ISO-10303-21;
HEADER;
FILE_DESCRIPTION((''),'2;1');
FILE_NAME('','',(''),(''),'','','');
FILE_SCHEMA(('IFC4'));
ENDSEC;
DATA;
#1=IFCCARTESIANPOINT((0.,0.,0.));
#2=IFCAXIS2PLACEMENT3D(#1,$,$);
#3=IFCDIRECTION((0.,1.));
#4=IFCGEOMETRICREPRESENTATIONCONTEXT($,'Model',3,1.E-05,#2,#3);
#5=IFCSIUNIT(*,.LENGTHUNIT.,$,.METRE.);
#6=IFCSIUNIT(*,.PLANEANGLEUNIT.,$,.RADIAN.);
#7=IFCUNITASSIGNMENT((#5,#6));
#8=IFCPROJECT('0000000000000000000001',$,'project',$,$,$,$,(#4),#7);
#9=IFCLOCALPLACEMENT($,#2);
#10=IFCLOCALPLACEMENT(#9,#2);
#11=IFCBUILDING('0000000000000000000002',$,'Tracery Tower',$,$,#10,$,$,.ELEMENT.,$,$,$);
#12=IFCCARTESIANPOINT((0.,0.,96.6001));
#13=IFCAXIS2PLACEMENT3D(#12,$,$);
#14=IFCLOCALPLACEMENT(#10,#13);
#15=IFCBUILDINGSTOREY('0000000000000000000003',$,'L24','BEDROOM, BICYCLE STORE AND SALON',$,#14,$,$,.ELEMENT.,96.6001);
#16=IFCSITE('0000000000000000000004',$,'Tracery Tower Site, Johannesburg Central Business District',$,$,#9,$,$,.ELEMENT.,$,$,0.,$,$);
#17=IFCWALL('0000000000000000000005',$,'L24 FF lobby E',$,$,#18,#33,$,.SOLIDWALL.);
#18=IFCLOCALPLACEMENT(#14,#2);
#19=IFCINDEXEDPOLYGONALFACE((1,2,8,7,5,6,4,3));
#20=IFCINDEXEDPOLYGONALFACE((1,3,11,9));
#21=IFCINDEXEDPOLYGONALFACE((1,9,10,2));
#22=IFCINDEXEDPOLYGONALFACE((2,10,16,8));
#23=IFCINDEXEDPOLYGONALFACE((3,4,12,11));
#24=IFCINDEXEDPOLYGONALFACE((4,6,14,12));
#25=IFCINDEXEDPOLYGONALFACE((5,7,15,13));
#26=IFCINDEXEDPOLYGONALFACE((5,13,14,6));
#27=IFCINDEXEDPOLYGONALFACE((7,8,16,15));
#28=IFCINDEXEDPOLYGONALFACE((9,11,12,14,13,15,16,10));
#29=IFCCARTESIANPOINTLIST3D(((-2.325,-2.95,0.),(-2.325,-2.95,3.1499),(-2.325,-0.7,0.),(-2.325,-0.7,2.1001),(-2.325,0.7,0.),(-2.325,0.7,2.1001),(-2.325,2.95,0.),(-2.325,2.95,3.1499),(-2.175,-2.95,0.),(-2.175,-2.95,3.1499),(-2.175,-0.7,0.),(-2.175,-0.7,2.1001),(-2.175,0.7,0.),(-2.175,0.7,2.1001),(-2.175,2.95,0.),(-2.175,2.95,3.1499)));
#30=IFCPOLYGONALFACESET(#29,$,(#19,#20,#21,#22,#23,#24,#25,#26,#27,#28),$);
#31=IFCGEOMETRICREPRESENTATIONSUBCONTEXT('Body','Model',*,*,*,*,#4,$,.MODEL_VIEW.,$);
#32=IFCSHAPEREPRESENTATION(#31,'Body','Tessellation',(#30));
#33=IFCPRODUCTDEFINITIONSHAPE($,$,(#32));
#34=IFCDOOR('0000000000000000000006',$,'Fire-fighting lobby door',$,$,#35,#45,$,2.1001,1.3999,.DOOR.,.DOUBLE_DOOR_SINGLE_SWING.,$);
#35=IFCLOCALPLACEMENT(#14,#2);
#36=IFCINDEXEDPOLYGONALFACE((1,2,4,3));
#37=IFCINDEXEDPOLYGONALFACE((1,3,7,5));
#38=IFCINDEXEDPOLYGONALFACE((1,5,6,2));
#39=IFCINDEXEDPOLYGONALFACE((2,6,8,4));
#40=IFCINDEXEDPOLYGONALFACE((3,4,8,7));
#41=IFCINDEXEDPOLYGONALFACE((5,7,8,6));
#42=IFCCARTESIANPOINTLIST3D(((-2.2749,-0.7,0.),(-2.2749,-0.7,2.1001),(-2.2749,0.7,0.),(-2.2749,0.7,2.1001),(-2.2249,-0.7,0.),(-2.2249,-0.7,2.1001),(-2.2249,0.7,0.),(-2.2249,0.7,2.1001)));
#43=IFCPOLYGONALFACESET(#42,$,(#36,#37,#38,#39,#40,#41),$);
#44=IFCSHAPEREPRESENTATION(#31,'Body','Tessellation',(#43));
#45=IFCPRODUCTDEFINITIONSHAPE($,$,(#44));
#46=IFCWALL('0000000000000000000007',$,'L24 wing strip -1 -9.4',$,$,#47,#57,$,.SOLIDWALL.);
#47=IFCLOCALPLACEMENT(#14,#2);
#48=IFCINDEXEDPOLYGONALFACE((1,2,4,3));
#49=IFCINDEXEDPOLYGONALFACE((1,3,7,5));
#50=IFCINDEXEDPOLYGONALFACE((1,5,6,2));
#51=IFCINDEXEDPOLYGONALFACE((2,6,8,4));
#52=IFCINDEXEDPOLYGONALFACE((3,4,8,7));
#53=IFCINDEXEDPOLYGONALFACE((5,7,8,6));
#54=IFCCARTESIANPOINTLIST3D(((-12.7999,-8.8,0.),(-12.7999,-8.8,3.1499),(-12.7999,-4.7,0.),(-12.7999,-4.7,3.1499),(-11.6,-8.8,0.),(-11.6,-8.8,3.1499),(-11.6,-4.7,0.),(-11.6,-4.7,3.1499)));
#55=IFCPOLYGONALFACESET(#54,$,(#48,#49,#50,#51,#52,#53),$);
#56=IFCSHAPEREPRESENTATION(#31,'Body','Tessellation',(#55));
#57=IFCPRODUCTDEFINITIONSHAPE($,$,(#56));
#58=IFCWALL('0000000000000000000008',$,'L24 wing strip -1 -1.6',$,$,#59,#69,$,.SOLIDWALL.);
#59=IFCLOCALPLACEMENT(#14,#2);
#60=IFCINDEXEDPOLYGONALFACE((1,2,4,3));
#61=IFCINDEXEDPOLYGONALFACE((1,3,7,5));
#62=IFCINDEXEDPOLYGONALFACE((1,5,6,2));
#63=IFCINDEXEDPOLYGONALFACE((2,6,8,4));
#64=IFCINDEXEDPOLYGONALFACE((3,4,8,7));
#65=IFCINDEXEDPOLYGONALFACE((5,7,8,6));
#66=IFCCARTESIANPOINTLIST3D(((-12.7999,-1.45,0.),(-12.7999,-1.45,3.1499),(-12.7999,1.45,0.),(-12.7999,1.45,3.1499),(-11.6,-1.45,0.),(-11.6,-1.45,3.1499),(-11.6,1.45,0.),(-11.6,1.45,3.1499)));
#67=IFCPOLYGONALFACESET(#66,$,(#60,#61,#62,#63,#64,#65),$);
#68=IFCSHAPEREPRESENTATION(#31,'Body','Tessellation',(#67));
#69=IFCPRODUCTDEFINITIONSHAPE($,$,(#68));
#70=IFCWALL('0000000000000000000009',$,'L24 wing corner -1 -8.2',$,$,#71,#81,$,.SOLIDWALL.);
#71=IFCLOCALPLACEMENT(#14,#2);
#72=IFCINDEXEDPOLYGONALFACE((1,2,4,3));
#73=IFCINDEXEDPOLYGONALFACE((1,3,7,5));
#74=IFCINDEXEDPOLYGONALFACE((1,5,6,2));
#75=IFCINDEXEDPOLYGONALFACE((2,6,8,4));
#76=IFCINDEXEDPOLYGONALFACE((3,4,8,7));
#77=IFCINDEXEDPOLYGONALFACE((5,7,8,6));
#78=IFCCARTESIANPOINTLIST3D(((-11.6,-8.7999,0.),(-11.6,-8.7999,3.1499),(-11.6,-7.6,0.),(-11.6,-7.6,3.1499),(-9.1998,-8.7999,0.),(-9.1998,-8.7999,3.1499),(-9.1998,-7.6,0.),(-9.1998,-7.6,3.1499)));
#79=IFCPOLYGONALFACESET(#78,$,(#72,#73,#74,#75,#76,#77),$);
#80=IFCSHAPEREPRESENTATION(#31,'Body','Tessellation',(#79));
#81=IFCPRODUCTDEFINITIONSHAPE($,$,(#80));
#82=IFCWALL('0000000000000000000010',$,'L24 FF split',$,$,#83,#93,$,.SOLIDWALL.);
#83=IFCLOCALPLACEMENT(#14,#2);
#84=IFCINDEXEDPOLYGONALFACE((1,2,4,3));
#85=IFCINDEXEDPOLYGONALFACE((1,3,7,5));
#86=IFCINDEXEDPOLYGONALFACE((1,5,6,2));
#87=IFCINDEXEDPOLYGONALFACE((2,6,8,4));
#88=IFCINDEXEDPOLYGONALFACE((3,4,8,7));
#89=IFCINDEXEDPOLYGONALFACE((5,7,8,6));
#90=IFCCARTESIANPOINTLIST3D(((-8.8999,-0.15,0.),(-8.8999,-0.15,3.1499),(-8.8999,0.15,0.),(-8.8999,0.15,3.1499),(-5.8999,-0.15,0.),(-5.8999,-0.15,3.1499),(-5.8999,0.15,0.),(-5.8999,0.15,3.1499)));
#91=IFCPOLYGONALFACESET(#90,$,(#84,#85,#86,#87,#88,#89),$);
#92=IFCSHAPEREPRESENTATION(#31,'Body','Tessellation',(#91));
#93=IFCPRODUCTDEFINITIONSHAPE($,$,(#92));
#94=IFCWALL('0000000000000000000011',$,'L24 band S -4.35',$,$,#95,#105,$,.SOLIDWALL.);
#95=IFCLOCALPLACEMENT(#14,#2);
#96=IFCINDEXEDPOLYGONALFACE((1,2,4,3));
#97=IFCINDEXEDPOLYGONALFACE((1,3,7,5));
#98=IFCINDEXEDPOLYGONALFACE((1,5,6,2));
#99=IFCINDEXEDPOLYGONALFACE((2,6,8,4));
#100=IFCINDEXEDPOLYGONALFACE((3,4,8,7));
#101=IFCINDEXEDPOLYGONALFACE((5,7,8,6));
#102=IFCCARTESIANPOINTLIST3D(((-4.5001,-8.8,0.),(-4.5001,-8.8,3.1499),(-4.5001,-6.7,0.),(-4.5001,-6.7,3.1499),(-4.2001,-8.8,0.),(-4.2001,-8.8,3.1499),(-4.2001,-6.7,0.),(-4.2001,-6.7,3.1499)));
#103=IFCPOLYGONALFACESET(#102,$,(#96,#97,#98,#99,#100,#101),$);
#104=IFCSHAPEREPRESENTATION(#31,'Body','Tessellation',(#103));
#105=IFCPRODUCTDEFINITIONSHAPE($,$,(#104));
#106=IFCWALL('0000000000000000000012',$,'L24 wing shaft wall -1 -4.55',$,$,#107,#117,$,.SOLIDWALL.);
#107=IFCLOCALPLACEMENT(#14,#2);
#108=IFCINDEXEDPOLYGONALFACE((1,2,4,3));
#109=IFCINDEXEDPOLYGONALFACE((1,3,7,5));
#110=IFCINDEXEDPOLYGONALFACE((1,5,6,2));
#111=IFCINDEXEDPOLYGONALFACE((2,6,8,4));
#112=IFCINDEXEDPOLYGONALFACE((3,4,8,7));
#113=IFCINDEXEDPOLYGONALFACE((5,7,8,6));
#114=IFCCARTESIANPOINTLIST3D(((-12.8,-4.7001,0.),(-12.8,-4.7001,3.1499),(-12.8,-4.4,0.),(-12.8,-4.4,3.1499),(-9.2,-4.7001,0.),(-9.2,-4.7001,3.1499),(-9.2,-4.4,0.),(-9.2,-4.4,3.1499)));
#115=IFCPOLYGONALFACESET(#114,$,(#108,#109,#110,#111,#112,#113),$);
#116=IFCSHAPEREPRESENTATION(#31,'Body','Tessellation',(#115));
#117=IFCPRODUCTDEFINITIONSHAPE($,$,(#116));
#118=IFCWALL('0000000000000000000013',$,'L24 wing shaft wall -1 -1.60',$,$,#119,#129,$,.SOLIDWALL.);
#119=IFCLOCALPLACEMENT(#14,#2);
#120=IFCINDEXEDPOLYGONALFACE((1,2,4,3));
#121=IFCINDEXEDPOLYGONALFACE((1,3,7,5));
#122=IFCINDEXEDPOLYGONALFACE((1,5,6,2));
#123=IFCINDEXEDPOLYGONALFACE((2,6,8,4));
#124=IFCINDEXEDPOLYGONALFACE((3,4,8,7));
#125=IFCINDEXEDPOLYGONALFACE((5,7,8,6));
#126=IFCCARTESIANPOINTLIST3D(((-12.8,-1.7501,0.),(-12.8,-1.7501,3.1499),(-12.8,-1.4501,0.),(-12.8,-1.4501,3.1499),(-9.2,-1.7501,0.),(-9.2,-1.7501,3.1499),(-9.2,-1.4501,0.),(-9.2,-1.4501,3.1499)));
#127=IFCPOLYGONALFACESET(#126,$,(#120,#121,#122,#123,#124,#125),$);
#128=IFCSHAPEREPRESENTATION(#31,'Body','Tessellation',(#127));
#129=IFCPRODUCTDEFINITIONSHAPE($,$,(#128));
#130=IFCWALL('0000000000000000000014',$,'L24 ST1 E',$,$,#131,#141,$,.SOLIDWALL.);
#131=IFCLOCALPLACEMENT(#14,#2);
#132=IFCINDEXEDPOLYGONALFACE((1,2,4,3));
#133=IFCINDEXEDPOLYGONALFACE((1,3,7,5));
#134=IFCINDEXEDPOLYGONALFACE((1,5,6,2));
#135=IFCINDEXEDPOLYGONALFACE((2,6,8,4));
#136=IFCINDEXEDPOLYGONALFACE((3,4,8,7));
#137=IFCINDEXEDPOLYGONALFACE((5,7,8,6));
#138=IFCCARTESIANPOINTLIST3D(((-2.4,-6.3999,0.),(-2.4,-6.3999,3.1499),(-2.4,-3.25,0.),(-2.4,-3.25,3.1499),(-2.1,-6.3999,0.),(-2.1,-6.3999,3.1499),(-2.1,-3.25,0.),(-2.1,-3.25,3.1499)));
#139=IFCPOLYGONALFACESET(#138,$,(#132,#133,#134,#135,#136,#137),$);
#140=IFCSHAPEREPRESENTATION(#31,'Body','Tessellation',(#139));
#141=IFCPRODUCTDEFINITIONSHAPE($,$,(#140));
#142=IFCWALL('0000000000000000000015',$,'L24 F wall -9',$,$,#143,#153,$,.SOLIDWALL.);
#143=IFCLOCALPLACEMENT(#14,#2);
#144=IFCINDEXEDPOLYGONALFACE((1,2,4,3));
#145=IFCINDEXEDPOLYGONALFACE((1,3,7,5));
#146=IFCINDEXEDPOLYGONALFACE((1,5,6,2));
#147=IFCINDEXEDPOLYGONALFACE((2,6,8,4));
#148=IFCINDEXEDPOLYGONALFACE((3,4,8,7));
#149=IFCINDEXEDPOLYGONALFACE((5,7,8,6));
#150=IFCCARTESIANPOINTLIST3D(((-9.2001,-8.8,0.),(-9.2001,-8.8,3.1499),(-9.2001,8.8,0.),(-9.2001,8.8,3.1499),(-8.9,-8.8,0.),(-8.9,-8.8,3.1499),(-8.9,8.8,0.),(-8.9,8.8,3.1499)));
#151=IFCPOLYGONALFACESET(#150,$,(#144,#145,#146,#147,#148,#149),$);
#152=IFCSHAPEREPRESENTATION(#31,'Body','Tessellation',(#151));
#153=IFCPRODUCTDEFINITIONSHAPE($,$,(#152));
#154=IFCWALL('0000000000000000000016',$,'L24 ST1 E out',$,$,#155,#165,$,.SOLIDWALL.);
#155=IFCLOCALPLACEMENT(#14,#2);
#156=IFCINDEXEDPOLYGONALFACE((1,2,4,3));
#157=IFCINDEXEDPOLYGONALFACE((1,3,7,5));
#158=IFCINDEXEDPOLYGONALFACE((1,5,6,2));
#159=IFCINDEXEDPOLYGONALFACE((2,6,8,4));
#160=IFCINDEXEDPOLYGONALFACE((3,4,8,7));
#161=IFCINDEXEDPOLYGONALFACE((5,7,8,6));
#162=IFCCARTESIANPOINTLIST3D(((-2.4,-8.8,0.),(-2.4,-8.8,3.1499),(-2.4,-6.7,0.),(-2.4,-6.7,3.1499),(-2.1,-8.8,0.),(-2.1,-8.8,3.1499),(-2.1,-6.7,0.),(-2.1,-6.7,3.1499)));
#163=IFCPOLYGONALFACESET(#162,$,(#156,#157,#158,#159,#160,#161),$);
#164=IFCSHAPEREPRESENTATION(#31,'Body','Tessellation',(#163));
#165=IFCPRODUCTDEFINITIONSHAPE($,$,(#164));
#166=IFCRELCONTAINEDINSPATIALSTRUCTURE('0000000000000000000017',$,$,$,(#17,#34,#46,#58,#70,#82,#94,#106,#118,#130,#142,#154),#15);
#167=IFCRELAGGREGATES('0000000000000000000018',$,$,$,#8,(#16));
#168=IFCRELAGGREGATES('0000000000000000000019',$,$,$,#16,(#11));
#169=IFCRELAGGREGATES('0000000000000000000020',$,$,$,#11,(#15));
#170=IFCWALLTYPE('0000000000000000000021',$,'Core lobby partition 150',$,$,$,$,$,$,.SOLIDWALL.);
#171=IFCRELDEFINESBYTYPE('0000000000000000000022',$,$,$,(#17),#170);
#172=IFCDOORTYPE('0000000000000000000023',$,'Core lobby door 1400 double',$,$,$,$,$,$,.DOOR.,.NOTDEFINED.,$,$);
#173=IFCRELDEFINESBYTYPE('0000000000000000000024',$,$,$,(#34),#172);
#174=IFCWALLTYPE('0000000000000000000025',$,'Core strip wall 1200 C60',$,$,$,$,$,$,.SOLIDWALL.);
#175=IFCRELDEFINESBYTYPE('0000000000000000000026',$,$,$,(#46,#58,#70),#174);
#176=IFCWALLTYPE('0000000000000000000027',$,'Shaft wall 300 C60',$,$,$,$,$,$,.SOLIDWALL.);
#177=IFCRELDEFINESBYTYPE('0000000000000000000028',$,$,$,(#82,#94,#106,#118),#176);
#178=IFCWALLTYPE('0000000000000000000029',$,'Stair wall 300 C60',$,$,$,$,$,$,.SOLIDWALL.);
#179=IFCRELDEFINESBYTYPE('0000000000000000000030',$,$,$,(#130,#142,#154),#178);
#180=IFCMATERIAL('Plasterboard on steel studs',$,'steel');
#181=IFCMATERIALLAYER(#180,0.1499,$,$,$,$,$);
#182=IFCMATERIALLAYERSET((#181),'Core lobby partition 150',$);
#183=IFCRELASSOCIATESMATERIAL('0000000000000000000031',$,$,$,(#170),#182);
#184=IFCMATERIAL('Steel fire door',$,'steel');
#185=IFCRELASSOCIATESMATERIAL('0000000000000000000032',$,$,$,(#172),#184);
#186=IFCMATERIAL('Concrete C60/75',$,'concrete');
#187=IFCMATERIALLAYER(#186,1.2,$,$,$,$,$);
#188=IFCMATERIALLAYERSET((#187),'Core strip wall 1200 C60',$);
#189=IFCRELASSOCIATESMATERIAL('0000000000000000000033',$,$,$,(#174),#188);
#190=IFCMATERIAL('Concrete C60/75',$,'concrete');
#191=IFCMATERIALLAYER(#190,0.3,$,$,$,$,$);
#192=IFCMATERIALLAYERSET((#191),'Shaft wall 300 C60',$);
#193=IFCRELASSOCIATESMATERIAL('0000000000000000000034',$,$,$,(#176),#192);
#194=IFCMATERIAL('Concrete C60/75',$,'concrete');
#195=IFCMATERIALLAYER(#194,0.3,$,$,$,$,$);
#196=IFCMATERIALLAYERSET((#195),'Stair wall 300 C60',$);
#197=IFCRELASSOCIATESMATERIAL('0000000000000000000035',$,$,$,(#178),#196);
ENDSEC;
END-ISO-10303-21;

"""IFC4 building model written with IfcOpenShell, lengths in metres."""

from ifc_helpers import new_model, si_unit, direction, frame, frame_2d, origin, place, context, subcontext, project, spatial, rectangle, extrude, material, layer, layer_set, type_object, element, fill, save


model = new_model("IFC4")

# Units and contexts
model_context = context("Model", 3, precision=1e-05, world=origin(), true_north=direction((0.0, 1.0)))
body_context = subcontext(model_context, "Body", "Model", "MODEL_VIEW")
ifc_project = project(units=[si_unit("LENGTHUNIT", "METRE"), si_unit("PLANEANGLEUNIT", "RADIAN")], contexts=[model_context])

# Site, building, storey
site_placement = place(None, origin())
site = spatial("IfcSite", under=ifc_project, at=site_placement, Name="Tracery Tower Site, Johannesburg Central Business District", CompositionType="ELEMENT", RefElevation=0.0)
building_placement = place(site_placement, origin())
building = spatial("IfcBuilding", under=site, at=building_placement, Name="Tracery Tower", CompositionType="ELEMENT")
storey_placement = place(building_placement, frame((0.0, 0.0, 96.6001)))
storey = spatial("IfcBuildingStorey", under=building, at=storey_placement, Name="L24", Description="BEDROOM, BICYCLE STORE AND SALON", CompositionType="ELEMENT", Elevation=96.6001)

# Wall, opening, door
ifc_material_1 = material(Name="Plasterboard on steel studs", Category="steel")
ifc_layer_1 = layer(ifc_material_1, 0.1499)
ifc_layer_set_1 = layer_set([ifc_layer_1], Name="Core lobby partition 150")
wall_type_1 = type_object("IfcWallType", Name="Core lobby partition 150", PredefinedType="SOLIDWALL", material=ifc_layer_set_1)
wall_1_placement = place(storey_placement, frame((-2.25, -2.95, 0.0), z_axis=(0.0, 0.0, 1.0), x_axis=(0.0, 1.0, 0.0)))
wall_1 = element("IfcWall", 1, at=wall_1_placement, inside=storey, type_object=wall_type_1, Name="L24 FF lobby E", PredefinedType="SOLIDWALL", context=body_context, shape_type="SweptSolid", body=[
    extrude(rectangle(XDim=5.8999, YDim=0.1499, at=frame_2d((2.95, 0.0))), origin(), (0.0, 0.0, 1.0), 3.1499),
])
opening_1_placement = place(wall_1_placement, frame((2.25, 0.0, 0.0)))
opening_1 = element("IfcOpeningElement", 2, at=opening_1_placement, cuts=wall_1, PredefinedType="OPENING", context=body_context, shape_type="SweptSolid", body=[
    extrude(rectangle(XDim=1.3999, YDim=2.1001, at=frame_2d((0.7, 1.05))), frame((0.0, 0.075, 0.0), z_axis=(0.0, -1.0, 0.0), x_axis=(1.0, 0.0, 0.0)), (0.0, 0.0, 1.0), 0.1499),
])
ifc_material_2 = material(Name="Steel fire door", Category="steel")
door_type_1 = type_object("IfcDoorType", Name="Core lobby door 1400 double", OperationType="NOTDEFINED", PredefinedType="DOOR", material=ifc_material_2)
door_1_placement = place(opening_1_placement, origin())
door_1 = element("IfcDoor", 3, at=door_1_placement, inside=storey, type_object=door_type_1, Name="Fire-fighting lobby door", OperationType="DOUBLE_DOOR_SINGLE_SWING", OverallHeight=2.1001, OverallWidth=1.3999, PredefinedType="DOOR", context=body_context, shape_type="SweptSolid", body=[
    extrude(rectangle(XDim=1.3999, YDim=2.1001, at=frame_2d((0.7, 1.05))), frame((0.0, 0.0249, 0.0), z_axis=(0.0, -1.0, 0.0), x_axis=(1.0, 0.0, 0.0)), (0.0, 0.0, 1.0), 0.05),
])
fill(opening_1, door_1)

# Walls
ifc_material_3 = material(Name="Concrete C60/75", Category="concrete")
ifc_layer_2 = layer(ifc_material_3, 1.2)
ifc_layer_set_2 = layer_set([ifc_layer_2], Name="Core strip wall 1200 C60")
wall_type_2 = type_object("IfcWallType", Name="Core strip wall 1200 C60", PredefinedType="SOLIDWALL", material=ifc_layer_set_2)
wall_2_placement = place(storey_placement, frame((-12.2, -8.8, 0.0), z_axis=(0.0, 0.0, 1.0), x_axis=(0.0, 1.0, 0.0)))
element("IfcWall", 4, at=wall_2_placement, inside=storey, type_object=wall_type_2, Name="L24 wing strip -1 -9.4", PredefinedType="SOLIDWALL", context=body_context, shape_type="SweptSolid", body=[
    extrude(rectangle(XDim=4.1001, YDim=1.2, at=frame_2d((2.05, 0.0))), origin(), (0.0, 0.0, 1.0), 3.1499),
])
wall_3_placement = place(storey_placement, frame((-12.2, -1.45, 0.0), z_axis=(0.0, 0.0, 1.0), x_axis=(0.0, 1.0, 0.0)))
element("IfcWall", 5, at=wall_3_placement, inside=storey, type_object=wall_type_2, Name="L24 wing strip -1 -1.6", PredefinedType="SOLIDWALL", context=body_context, shape_type="SweptSolid", body=[
    extrude(rectangle(XDim=2.8999, YDim=1.2, at=frame_2d((1.45, 0.0))), origin(), (0.0, 0.0, 1.0), 3.1499),
])
wall_4_placement = place(storey_placement, frame((-11.6001, -8.2, 0.0), z_axis=(0.0, 0.0, 1.0), x_axis=(1.0, 0.0, 0.0)))
element("IfcWall", 6, at=wall_4_placement, inside=storey, type_object=wall_type_2, Name="L24 wing corner -1 -8.2", PredefinedType="SOLIDWALL", context=body_context, shape_type="SweptSolid", body=[
    extrude(rectangle(XDim=2.4001, YDim=1.2, at=frame_2d((1.2002, 0.0))), origin(), (0.0, 0.0, 1.0), 3.1499),
])

# Wall
ifc_material_4 = material(Name="Concrete C60/75", Category="concrete")
ifc_layer_3 = layer(ifc_material_4, 0.3)
ifc_layer_set_3 = layer_set([ifc_layer_3], Name="Shaft wall 300 C60")
wall_type_3 = type_object("IfcWallType", Name="Shaft wall 300 C60", PredefinedType="SOLIDWALL", material=ifc_layer_set_3)
wall_5_placement = place(storey_placement, frame((-8.8999, 0.0, 0.0), z_axis=(0.0, 0.0, 1.0), x_axis=(1.0, 0.0, 0.0)))
element("IfcWall", 7, at=wall_5_placement, inside=storey, type_object=wall_type_3, Name="L24 FF split", PredefinedType="SOLIDWALL", context=body_context, shape_type="SweptSolid", body=[
    extrude(rectangle(XDim=3.0, YDim=0.3, at=frame_2d((1.5, 0.0))), origin(), (0.0, 0.0, 1.0), 3.1499),
])

# Walls
wall_6_placement = place(storey_placement, frame((-4.3501, -8.8, 0.0), z_axis=(0.0, 0.0, 1.0), x_axis=(0.0, 1.0, 0.0)))
element("IfcWall", 8, at=wall_6_placement, inside=storey, type_object=wall_type_3, Name="L24 band S -4.35", PredefinedType="SOLIDWALL", context=body_context, shape_type="SweptSolid", body=[
    extrude(rectangle(XDim=2.1001, YDim=0.3, at=frame_2d((1.05, 0.0))), origin(), (0.0, 0.0, 1.0), 3.1499),
])
for number, where, z_axis, x_axis, name in (
    (9, (-12.8, -4.55, 0.0), (0.0, 0.0, 1.0), (1.0, 0.0, 0.0), "L24 wing shaft wall -1 -4.55"),
    (10, (-12.8, -1.6001, 0.0), (0.0, 0.0, 1.0), (1.0, 0.0, 0.0), "L24 wing shaft wall -1 -1.60"),
):
    element("IfcWall", number, at=place(storey_placement, frame(where, z_axis=z_axis, x_axis=x_axis)), inside=storey, type_object=wall_type_3, Name=name, PredefinedType="SOLIDWALL", context=body_context, shape_type="SweptSolid", body=[
        extrude(rectangle(XDim=3.6001, YDim=0.3, at=frame_2d((1.8, 0.0))), origin(), (0.0, 0.0, 1.0), 3.1499),
    ])

# Shared definitions
ifc_material_5 = material(Name="Concrete C60/75", Category="concrete")
ifc_layer_4 = layer(ifc_material_5, 0.3)
ifc_layer_set_4 = layer_set([ifc_layer_4], Name="Stair wall 300 C60")
wall_type_4 = type_object("IfcWallType", Name="Stair wall 300 C60", PredefinedType="SOLIDWALL", material=ifc_layer_set_4)

# Walls
wall_7_placement = place(storey_placement, frame((-2.25, -6.3999, 0.0), z_axis=(0.0, 0.0, 1.0), x_axis=(0.0, 1.0, 0.0)))
element("IfcWall", 11, at=wall_7_placement, inside=storey, type_object=wall_type_4, Name="L24 ST1 E", PredefinedType="SOLIDWALL", context=body_context, shape_type="SweptSolid", body=[
    extrude(rectangle(XDim=3.1499, YDim=0.3, at=frame_2d((1.575, 0.0))), origin(), (0.0, 0.0, 1.0), 3.1499),
])
wall_8_placement = place(storey_placement, frame((-9.05, -8.8, 0.0), z_axis=(0.0, 0.0, 1.0), x_axis=(0.0, 1.0, 0.0)))
element("IfcWall", 12, at=wall_8_placement, inside=storey, type_object=wall_type_4, Name="L24 F wall -9", PredefinedType="SOLIDWALL", context=body_context, shape_type="SweptSolid", body=[
    extrude(rectangle(XDim=17.6001, YDim=0.3, at=frame_2d((8.8, 0.0))), origin(), (0.0, 0.0, 1.0), 3.1499),
])

# Wall
wall_9_placement = place(storey_placement, frame((-2.25, -8.8, 0.0), z_axis=(0.0, 0.0, 1.0), x_axis=(0.0, 1.0, 0.0)))
element("IfcWall", 13, at=wall_9_placement, inside=storey, type_object=wall_type_4, Name="L24 ST1 E out", PredefinedType="SOLIDWALL", context=body_context, shape_type="SweptSolid", body=[
    extrude(rectangle(XDim=2.1001, YDim=0.3, at=frame_2d((1.05, 0.0))), origin(), (0.0, 0.0, 1.0), 3.1499),
])

save(model, "model.ifc")
